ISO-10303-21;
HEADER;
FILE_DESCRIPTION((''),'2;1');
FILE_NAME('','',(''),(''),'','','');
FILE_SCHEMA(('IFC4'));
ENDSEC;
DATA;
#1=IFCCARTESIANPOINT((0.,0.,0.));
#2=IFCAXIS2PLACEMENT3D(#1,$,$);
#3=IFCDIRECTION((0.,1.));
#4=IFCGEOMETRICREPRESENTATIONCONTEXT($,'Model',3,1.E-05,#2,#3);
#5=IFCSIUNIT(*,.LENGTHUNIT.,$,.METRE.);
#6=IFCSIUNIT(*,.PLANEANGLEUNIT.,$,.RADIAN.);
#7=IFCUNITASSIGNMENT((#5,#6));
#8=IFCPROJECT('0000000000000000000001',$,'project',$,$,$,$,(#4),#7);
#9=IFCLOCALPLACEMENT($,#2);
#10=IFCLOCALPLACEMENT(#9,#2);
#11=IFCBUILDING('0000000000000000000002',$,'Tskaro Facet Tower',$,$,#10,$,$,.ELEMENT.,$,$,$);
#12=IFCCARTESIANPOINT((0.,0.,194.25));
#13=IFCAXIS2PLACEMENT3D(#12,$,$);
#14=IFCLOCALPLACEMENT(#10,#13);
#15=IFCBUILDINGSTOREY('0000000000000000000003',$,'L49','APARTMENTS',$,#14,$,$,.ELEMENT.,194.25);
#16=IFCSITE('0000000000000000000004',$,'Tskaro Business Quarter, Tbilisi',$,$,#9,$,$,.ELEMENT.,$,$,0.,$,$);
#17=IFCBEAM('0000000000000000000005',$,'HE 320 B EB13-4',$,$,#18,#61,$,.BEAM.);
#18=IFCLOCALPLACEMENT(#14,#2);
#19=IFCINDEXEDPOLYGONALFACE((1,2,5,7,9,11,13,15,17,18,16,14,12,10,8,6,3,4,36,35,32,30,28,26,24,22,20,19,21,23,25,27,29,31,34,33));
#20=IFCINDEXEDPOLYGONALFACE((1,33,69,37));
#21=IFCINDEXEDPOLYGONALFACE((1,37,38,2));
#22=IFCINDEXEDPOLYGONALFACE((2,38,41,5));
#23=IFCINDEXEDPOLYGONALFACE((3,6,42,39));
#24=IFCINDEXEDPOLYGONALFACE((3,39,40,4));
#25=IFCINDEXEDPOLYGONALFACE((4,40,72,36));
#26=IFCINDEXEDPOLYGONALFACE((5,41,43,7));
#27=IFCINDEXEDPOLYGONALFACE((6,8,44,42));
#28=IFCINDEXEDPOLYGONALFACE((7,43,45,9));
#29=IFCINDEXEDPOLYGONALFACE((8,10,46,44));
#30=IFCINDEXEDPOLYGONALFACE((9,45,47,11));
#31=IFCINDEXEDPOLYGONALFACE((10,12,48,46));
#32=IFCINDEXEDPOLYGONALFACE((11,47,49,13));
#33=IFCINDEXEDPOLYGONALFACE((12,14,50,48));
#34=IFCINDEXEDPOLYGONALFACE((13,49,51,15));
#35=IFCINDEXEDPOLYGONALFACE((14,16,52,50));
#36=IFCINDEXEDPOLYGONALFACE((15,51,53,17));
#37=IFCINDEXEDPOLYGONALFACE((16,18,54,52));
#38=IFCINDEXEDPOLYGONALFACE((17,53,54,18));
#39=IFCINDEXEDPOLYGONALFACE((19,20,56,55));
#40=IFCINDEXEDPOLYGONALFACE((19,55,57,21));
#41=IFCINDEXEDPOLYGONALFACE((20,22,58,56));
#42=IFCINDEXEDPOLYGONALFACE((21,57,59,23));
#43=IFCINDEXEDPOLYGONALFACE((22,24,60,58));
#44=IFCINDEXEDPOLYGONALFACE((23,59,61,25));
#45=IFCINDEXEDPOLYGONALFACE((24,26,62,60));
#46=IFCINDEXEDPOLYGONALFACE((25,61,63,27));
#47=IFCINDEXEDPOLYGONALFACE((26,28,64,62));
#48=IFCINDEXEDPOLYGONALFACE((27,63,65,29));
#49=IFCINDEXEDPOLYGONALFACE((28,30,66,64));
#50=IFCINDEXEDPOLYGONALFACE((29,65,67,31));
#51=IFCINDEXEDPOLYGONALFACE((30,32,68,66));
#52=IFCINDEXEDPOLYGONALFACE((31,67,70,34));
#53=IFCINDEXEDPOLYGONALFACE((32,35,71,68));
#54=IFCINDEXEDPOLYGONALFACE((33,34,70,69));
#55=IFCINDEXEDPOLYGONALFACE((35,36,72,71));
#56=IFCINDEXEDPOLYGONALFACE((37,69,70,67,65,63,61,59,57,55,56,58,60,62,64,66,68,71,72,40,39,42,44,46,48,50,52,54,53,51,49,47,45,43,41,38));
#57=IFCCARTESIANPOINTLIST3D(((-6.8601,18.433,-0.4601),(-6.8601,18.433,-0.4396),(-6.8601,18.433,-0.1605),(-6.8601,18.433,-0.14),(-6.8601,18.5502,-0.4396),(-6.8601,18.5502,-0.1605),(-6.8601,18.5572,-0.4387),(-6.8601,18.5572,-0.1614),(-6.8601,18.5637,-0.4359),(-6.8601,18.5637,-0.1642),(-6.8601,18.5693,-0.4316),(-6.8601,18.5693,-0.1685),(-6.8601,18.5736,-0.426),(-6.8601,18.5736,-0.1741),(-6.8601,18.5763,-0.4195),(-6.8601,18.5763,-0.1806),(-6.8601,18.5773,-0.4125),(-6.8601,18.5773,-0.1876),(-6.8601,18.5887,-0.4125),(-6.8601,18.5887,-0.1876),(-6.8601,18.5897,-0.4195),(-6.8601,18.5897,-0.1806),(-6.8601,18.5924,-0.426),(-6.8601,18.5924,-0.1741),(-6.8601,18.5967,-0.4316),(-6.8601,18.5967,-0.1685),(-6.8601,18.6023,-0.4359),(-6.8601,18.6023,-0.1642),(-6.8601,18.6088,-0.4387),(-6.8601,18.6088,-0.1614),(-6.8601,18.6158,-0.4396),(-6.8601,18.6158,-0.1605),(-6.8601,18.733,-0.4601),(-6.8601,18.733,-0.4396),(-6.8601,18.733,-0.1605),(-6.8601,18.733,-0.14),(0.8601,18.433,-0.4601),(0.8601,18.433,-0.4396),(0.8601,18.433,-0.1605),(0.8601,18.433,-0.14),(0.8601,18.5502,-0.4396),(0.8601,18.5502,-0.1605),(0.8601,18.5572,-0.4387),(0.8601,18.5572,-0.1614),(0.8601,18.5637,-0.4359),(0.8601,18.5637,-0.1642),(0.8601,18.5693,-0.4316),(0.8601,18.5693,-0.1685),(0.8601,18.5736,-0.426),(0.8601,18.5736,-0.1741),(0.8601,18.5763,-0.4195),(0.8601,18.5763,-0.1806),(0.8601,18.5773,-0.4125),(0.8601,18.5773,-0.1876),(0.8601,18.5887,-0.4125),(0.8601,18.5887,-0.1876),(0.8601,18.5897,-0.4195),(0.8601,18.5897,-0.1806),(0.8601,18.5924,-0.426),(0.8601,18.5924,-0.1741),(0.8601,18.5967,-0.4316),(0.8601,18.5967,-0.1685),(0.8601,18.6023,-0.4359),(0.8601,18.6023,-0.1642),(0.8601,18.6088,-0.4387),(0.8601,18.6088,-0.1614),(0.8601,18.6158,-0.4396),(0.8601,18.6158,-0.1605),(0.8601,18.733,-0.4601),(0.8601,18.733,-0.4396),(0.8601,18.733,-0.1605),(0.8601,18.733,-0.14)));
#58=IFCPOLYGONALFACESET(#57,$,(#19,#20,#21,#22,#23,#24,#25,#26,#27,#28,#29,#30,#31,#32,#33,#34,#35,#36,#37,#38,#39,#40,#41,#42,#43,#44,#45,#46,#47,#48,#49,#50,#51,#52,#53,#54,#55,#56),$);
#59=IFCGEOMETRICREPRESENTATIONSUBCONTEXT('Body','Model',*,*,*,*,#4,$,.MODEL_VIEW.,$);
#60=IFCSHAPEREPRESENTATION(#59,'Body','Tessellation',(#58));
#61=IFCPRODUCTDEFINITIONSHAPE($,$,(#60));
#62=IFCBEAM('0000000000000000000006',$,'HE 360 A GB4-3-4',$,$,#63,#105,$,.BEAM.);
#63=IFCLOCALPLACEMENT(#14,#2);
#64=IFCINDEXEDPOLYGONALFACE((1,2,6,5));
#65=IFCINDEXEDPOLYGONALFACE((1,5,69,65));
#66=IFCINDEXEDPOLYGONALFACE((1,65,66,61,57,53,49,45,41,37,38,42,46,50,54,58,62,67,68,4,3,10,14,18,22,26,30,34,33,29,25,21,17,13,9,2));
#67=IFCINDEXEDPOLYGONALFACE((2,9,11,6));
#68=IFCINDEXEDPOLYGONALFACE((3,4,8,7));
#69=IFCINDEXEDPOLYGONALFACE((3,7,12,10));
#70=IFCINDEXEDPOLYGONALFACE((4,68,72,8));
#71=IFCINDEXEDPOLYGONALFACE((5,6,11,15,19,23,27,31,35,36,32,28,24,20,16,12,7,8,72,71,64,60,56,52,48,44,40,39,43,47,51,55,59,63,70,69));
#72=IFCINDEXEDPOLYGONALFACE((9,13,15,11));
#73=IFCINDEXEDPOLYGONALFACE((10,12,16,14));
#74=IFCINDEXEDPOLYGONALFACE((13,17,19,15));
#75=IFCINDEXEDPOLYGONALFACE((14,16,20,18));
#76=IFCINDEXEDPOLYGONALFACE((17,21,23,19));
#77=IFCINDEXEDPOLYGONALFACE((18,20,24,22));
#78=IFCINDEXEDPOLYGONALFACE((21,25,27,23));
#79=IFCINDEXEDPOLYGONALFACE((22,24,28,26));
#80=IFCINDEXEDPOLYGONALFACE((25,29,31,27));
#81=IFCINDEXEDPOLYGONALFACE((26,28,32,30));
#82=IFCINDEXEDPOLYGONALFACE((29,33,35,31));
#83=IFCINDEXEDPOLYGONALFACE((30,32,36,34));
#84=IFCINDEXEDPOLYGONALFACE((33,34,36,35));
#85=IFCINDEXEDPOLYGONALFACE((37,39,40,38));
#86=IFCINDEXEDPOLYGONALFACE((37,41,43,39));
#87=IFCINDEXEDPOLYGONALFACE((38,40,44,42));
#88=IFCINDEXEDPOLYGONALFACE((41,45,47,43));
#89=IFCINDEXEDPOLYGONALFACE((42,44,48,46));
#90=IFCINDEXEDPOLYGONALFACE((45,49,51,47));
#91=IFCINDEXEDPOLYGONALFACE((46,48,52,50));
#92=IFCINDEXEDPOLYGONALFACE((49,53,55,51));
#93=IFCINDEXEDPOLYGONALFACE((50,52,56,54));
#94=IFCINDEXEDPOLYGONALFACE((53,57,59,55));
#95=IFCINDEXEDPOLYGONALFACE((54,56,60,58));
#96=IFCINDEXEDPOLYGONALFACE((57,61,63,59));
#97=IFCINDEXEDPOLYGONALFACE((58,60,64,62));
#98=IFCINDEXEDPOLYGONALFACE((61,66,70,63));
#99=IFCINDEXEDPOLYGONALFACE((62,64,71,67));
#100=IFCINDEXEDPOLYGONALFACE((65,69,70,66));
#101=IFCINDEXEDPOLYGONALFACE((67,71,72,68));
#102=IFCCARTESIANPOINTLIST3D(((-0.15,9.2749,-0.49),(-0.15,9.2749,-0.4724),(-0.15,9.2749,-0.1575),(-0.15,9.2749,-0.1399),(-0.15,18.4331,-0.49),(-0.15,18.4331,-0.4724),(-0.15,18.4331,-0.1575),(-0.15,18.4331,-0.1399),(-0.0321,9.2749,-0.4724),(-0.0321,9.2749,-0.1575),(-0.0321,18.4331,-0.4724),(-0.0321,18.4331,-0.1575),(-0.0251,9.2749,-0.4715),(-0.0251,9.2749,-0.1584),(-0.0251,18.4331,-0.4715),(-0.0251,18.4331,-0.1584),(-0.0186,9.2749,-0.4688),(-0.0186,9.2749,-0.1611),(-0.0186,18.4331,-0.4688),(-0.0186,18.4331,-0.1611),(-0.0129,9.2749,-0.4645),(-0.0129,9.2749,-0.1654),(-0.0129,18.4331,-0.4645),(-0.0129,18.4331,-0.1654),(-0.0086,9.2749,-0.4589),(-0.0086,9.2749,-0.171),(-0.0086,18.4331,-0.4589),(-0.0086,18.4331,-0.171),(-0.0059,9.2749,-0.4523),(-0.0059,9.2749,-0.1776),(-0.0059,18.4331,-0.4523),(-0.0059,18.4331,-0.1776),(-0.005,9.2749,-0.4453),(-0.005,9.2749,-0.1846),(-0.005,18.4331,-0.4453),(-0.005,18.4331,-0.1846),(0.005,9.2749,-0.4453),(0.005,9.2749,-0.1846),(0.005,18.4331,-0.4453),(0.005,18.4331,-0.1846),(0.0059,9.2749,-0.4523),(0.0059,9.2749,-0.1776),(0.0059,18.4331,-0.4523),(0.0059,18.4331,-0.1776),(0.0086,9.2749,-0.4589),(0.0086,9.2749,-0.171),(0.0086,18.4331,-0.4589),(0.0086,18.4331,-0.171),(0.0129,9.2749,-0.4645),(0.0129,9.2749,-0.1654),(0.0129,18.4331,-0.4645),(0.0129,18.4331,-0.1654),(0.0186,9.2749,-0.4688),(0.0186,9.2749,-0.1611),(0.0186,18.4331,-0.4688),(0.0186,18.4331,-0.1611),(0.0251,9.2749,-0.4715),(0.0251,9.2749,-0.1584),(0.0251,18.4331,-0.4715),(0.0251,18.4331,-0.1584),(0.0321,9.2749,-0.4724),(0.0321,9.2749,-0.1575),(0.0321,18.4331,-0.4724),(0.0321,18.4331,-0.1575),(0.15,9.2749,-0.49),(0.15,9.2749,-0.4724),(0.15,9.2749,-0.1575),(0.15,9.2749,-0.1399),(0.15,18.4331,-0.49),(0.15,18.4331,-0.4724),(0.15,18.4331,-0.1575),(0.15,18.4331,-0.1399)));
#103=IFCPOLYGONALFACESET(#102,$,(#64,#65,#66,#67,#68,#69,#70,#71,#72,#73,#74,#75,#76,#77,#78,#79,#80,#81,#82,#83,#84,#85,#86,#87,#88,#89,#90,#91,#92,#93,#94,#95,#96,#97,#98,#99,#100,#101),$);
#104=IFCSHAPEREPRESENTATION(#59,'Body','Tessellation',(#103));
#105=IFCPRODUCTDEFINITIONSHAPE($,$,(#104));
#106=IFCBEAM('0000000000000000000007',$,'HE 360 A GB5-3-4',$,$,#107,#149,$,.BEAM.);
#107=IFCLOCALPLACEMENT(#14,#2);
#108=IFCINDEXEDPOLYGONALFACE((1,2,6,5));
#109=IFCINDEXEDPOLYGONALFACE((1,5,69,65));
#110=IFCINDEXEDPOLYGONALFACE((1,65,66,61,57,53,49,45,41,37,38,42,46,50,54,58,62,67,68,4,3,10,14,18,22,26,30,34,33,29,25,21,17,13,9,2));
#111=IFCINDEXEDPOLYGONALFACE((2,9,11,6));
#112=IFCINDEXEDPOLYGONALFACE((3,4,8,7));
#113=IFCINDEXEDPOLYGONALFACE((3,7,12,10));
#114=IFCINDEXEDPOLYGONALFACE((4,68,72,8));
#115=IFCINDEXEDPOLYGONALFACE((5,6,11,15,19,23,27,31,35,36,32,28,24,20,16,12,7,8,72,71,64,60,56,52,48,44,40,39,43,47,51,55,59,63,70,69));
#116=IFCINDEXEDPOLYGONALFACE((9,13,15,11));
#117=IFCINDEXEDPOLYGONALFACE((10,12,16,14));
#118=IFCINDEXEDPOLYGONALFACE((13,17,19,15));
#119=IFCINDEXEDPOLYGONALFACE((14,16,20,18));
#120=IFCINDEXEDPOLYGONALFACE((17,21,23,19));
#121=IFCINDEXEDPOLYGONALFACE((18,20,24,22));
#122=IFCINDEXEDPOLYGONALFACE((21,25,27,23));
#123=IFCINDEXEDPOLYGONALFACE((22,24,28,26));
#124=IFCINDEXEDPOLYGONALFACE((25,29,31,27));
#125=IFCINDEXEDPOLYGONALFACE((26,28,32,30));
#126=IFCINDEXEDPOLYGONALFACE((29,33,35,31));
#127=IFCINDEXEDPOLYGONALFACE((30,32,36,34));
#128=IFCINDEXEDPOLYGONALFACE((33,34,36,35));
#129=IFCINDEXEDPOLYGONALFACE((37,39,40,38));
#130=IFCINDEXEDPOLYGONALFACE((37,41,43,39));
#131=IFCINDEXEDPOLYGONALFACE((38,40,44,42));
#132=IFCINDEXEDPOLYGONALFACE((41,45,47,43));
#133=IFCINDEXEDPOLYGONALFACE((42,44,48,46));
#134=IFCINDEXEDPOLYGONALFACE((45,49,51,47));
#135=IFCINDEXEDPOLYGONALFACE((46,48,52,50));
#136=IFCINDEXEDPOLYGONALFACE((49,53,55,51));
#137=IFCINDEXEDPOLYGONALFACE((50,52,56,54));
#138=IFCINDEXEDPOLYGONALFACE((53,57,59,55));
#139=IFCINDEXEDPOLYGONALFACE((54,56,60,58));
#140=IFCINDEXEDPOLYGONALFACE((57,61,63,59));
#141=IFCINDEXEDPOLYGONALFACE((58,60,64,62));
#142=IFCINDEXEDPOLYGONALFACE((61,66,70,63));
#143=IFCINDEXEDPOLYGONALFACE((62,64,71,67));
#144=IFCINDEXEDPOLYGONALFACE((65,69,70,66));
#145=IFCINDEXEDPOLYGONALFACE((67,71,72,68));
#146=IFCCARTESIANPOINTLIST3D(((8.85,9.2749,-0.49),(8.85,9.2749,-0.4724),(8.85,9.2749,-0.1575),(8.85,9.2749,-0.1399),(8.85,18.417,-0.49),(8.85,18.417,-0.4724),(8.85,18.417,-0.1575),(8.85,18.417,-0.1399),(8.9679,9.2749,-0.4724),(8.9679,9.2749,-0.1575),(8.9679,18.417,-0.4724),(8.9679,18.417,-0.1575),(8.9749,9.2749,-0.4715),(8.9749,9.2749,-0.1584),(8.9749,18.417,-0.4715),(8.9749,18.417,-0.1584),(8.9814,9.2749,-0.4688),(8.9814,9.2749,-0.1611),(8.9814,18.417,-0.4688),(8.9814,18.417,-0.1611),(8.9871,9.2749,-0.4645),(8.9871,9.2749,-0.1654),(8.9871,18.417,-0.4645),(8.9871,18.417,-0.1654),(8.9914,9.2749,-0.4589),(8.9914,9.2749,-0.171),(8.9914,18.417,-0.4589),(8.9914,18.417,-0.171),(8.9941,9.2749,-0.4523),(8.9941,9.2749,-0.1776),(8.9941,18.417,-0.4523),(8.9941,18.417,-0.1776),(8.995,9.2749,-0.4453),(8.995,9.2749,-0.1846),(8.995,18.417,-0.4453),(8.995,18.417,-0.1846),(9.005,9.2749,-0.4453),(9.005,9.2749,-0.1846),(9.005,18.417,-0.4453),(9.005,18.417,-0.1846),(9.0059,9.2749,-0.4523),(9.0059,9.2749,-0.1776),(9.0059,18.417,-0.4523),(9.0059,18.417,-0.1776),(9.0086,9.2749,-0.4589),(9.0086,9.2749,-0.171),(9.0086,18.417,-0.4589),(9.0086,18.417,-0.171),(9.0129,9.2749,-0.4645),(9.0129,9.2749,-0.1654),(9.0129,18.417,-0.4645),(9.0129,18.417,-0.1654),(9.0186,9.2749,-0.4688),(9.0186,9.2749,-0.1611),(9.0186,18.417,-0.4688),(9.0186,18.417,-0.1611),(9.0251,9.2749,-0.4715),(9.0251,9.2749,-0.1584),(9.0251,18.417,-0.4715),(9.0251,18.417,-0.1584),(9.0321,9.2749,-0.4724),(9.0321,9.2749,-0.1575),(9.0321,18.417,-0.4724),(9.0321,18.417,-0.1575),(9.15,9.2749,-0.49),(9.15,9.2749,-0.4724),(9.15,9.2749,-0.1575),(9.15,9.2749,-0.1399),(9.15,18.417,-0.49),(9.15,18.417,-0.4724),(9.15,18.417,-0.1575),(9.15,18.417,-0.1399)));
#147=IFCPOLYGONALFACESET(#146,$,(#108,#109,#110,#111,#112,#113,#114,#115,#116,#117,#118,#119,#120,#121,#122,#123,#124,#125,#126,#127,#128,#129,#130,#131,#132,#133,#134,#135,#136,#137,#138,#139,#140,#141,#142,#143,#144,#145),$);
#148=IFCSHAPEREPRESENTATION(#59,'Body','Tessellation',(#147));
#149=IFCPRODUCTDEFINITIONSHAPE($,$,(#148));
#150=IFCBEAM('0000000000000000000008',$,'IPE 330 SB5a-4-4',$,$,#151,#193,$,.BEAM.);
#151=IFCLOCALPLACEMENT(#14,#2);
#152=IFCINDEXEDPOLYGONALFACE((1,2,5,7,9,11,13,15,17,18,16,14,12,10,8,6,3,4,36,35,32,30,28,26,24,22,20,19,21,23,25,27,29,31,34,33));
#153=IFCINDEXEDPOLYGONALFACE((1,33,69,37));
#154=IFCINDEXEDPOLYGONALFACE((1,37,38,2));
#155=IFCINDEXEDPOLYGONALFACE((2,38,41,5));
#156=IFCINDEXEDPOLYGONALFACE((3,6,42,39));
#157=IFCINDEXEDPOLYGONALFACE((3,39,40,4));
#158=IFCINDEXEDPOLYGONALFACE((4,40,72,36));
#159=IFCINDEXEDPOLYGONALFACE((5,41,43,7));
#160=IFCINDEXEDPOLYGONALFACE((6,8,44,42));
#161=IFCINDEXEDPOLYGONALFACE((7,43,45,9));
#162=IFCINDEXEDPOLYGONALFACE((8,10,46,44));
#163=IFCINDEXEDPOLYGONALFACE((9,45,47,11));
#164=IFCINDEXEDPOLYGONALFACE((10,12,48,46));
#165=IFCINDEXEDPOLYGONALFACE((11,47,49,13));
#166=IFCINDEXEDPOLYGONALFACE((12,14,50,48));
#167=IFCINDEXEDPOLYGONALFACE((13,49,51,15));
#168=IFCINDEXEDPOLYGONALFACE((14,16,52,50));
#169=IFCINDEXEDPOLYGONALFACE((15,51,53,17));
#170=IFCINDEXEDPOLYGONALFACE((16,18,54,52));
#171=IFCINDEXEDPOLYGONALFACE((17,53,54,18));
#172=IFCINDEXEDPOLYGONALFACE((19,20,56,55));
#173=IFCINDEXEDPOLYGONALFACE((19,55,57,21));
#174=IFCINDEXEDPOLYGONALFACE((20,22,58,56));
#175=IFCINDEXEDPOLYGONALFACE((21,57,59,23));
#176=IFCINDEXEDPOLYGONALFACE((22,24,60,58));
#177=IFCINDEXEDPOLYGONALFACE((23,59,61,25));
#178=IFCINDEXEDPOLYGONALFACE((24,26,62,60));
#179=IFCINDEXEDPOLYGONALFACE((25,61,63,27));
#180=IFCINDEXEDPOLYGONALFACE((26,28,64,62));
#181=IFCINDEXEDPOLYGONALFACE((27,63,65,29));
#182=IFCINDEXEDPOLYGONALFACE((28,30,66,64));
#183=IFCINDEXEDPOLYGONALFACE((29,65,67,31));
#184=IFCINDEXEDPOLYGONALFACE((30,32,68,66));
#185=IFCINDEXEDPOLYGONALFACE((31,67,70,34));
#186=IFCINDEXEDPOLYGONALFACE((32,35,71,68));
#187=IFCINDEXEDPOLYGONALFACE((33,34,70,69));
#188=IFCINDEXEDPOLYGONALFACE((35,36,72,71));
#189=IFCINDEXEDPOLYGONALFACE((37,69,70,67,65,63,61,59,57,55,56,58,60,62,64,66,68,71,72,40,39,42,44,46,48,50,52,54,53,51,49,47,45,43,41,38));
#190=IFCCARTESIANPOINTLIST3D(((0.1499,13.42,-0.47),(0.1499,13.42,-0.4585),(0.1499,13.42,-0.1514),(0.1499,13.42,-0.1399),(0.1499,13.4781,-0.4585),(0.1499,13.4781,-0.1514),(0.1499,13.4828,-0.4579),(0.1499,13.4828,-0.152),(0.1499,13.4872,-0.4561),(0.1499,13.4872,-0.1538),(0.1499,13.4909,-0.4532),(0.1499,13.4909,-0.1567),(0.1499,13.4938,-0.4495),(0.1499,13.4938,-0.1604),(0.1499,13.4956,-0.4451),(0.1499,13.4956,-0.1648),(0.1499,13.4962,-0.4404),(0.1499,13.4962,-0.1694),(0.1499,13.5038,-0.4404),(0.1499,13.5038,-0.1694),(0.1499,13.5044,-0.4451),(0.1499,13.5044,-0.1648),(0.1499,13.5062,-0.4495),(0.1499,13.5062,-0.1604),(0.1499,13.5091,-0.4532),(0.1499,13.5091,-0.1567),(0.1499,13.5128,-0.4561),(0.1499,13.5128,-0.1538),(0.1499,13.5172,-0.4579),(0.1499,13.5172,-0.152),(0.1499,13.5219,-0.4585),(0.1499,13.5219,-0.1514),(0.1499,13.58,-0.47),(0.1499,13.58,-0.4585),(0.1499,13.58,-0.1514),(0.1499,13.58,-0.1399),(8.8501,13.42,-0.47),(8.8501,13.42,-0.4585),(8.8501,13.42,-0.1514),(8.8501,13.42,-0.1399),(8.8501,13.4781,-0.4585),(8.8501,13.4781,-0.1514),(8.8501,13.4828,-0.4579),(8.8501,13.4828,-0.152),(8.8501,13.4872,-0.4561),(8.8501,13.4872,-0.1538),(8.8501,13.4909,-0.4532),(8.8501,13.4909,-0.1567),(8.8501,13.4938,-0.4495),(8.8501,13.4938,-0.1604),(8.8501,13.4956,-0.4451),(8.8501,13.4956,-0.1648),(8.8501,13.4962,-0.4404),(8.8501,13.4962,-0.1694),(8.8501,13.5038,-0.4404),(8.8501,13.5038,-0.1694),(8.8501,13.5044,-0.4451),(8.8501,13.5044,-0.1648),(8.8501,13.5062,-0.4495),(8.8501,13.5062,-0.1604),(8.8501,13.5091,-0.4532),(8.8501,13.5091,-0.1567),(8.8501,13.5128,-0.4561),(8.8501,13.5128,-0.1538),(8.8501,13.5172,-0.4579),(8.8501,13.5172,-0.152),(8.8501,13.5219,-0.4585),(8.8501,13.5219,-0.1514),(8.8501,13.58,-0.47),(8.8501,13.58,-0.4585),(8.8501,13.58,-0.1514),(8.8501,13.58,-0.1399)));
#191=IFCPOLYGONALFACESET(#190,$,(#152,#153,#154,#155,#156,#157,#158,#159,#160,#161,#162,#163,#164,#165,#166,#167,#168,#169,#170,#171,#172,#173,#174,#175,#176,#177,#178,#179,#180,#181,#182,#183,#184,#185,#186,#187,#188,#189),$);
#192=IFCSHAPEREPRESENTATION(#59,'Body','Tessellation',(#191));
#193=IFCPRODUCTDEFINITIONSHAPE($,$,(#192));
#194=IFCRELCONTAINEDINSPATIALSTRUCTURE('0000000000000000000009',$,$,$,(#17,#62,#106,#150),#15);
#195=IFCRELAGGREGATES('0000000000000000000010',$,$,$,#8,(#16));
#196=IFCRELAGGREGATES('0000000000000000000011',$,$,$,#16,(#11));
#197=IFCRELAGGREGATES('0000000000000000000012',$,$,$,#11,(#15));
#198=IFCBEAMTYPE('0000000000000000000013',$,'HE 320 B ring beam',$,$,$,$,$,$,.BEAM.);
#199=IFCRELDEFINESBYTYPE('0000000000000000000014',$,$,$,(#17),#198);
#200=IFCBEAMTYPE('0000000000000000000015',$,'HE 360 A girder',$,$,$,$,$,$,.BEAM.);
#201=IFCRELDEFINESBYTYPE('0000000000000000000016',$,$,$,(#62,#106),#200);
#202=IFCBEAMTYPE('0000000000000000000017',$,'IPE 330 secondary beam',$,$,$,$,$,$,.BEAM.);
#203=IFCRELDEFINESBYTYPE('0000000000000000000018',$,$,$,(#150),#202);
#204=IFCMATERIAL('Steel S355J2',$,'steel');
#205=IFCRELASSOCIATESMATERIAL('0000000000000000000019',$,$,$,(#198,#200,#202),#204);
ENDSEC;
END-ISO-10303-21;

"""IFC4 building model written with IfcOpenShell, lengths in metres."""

from ifc_helpers import new_model, si_unit, direction, frame, origin, origin_2d, place, context, subcontext, project, spatial, i_section, extrude, material, material_profile, profile_set, type_object, element, save


model = new_model("IFC4")

# Units and contexts
model_context = context("Model", 3, precision=1e-05, world=origin(), true_north=direction((0.0, 1.0)))
body_context = subcontext(model_context, "Body", "Model", "MODEL_VIEW")
ifc_project = project(units=[si_unit("LENGTHUNIT", "METRE"), si_unit("PLANEANGLEUNIT", "RADIAN")], contexts=[model_context])

# Site, building, storey
site_placement = place(None, origin())
site = spatial("IfcSite", under=ifc_project, at=site_placement, Name="Tskaro Business Quarter, Tbilisi", CompositionType="ELEMENT", RefElevation=0.0)
building_placement = place(site_placement, origin())
building = spatial("IfcBuilding", under=site, at=building_placement, Name="Tskaro Facet Tower", CompositionType="ELEMENT")
storey_placement = place(building_placement, frame((0.0, 0.0, 194.25)))
storey = spatial("IfcBuildingStorey", under=building, at=storey_placement, Name="L49", Description="APARTMENTS", CompositionType="ELEMENT", Elevation=194.25)

# Beams
ifc_material_1 = material(Name="Steel S355J2", Category="steel")
ifc_material_profile_1 = material_profile(ifc_material_1, i_section(OverallWidth=0.3, OverallDepth=0.3201, WebThickness=0.0115, FlangeThickness=0.0205, FilletRadius=0.0271, at=origin_2d()), Name="HE 320 B")
ifc_profile_set_1 = profile_set([ifc_material_profile_1], Name="Steel S355J2")
beam_type_1 = type_object("IfcBeamType", Name="HE 320 B ring beam", PredefinedType="BEAM", material=ifc_profile_set_1)
beam_1_placement = place(storey_placement, frame((0.8601, 18.583, -0.3), z_axis=(-1.0, 0.0, 0.0), x_axis=(0.0, -1.0, 0.0)))
element("IfcBeam", 1, at=beam_1_placement, inside=storey, type_object=beam_type_1, Name="HE 320 B EB13-4", PredefinedType="BEAM", context=body_context, shape_type="SweptSolid", body=[
    extrude(i_section(OverallWidth=0.3, OverallDepth=0.3201, WebThickness=0.0115, FlangeThickness=0.0205, FilletRadius=0.0271, at=origin_2d()), origin(), (0.0, 0.0, 1.0), 7.7202),
])
ifc_material_profile_2 = material_profile(ifc_material_1, i_section(OverallWidth=0.3, OverallDepth=0.3501, WebThickness=0.01, FlangeThickness=0.0176, FilletRadius=0.0271, at=origin_2d()), Name="HE 360 A")
ifc_profile_set_2 = profile_set([ifc_material_profile_2], Name="Steel S355J2")
beam_type_2 = type_object("IfcBeamType", Name="HE 360 A girder", PredefinedType="BEAM", material=ifc_profile_set_2)
beam_2_placement = place(storey_placement, frame((0.0, 9.2749, -0.3149), z_axis=(0.0, 1.0, 0.0), x_axis=(-1.0, 0.0, 0.0)))
element("IfcBeam", 2, at=beam_2_placement, inside=storey, type_object=beam_type_2, Name="HE 360 A GB4-3-4", PredefinedType="BEAM", context=body_context, shape_type="SweptSolid", body=[
    extrude(i_section(OverallWidth=0.3, OverallDepth=0.3501, WebThickness=0.01, FlangeThickness=0.0176, FilletRadius=0.0271, at=origin_2d()), origin(), (0.0, 0.0, 1.0), 9.1582),
])
beam_3_placement = place(storey_placement, frame((9.0, 9.2749, -0.3149), z_axis=(0.0, 1.0, 0.0), x_axis=(-1.0, 0.0, 0.0)))
element("IfcBeam", 3, at=beam_3_placement, inside=storey, type_object=beam_type_2, Name="HE 360 A GB5-3-4", PredefinedType="BEAM", context=body_context, shape_type="SweptSolid", body=[
    extrude(i_section(OverallWidth=0.3, OverallDepth=0.3501, WebThickness=0.01, FlangeThickness=0.0176, FilletRadius=0.0271, at=origin_2d()), origin(), (0.0, 0.0, 1.0), 9.1421),
])
ifc_material_profile_3 = material_profile(ifc_material_1, i_section(OverallWidth=0.1599, OverallDepth=0.3301, WebThickness=0.0076, FlangeThickness=0.0115, FilletRadius=0.0181, at=origin_2d()), Name="IPE 330")
ifc_profile_set_3 = profile_set([ifc_material_profile_3], Name="Steel S355J2")
beam_type_3 = type_object("IfcBeamType", Name="IPE 330 secondary beam", PredefinedType="BEAM", material=ifc_profile_set_3)
beam_4_placement = place(storey_placement, frame((0.1499, 13.5, -0.3049), z_axis=(1.0, 0.0, 0.0), x_axis=(0.0, 1.0, 0.0)))
element("IfcBeam", 4, at=beam_4_placement, inside=storey, type_object=beam_type_3, Name="IPE 330 SB5a-4-4", PredefinedType="BEAM", context=body_context, shape_type="SweptSolid", body=[
    extrude(i_section(OverallWidth=0.1599, OverallDepth=0.3301, WebThickness=0.0076, FlangeThickness=0.0115, FilletRadius=0.0181, at=origin_2d()), origin(), (0.0, 0.0, 1.0), 8.7002),
])

save(model, "model.ifc")
